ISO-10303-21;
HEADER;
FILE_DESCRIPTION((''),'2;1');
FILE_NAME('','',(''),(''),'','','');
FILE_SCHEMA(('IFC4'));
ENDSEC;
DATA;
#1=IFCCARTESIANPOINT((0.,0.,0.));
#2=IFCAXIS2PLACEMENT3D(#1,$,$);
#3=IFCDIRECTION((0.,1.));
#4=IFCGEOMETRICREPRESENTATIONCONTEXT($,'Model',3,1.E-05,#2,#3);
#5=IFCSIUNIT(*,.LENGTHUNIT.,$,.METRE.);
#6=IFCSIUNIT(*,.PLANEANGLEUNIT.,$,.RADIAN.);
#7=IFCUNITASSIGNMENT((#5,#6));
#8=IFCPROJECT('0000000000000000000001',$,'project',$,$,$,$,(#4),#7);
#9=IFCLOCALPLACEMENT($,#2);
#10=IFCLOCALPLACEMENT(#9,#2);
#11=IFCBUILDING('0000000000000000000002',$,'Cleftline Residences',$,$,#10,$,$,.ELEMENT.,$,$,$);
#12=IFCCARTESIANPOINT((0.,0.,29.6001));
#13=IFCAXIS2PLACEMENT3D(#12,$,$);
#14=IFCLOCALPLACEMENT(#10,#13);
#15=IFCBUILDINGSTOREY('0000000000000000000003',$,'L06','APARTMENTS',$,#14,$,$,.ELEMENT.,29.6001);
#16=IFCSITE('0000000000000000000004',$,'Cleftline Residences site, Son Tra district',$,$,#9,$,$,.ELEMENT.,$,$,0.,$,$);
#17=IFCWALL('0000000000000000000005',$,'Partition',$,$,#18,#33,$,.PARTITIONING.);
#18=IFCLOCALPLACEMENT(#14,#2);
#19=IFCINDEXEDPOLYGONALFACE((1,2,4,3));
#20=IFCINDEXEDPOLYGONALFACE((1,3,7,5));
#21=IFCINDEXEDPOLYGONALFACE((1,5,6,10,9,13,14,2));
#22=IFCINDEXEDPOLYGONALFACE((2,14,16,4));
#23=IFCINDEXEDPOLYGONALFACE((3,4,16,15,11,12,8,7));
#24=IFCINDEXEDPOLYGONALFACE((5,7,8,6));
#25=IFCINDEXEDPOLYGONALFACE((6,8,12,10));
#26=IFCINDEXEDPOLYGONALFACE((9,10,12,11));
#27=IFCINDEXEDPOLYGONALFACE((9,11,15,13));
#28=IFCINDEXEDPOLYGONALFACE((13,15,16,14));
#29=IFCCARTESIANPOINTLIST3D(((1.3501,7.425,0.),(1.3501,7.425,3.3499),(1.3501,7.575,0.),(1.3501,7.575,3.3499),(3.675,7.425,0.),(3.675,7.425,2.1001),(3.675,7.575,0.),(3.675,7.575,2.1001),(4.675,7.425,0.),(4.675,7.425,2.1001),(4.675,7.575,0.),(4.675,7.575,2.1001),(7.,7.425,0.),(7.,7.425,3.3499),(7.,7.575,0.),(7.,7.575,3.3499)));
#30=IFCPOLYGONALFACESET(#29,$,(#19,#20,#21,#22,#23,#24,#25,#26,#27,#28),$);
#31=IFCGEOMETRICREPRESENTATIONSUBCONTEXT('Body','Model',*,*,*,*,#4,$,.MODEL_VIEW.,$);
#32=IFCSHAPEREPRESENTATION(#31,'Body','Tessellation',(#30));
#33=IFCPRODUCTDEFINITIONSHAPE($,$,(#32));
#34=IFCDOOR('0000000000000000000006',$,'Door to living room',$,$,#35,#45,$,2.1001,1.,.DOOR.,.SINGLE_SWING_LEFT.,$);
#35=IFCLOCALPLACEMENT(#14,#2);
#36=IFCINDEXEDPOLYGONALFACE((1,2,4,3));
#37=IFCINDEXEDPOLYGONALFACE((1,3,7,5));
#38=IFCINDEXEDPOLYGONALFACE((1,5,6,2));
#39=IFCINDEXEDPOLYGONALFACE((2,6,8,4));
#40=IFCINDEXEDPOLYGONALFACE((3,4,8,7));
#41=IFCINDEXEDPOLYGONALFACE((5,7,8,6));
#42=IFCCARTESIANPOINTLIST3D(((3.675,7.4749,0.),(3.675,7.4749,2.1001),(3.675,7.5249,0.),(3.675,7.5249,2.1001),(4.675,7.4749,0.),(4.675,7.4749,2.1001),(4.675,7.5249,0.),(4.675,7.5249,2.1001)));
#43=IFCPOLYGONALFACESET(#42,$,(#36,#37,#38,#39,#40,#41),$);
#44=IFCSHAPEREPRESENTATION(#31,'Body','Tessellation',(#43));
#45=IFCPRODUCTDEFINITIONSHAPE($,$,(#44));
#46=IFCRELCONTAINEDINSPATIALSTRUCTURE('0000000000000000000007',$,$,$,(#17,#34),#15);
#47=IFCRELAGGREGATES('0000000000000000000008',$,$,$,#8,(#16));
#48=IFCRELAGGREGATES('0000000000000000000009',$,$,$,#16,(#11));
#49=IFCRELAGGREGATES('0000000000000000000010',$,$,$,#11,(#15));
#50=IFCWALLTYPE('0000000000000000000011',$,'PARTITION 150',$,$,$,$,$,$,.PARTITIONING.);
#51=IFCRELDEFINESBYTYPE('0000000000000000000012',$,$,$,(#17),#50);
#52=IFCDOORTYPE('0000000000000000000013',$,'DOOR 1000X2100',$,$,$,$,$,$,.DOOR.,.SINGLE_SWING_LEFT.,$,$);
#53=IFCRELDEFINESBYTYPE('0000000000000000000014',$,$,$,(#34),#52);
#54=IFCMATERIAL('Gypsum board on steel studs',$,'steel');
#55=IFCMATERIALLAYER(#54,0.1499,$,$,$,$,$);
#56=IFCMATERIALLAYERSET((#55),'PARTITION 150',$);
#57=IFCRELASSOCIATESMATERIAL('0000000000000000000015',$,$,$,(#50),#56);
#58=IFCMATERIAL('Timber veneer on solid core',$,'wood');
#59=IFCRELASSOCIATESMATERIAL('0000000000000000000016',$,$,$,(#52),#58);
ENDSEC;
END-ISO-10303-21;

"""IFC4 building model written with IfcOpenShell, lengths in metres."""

from ifc_helpers import new_model, si_unit, direction, frame, frame_2d, origin, place, context, subcontext, project, spatial, rectangle, extrude, material, layer, layer_set, type_object, element, fill, save


model = new_model("IFC4")

# Units and contexts
model_context = context("Model", 3, precision=1e-05, world=origin(), true_north=direction((0.0, 1.0)))
body_context = subcontext(model_context, "Body", "Model", "MODEL_VIEW")
ifc_project = project(units=[si_unit("LENGTHUNIT", "METRE"), si_unit("PLANEANGLEUNIT", "RADIAN")], contexts=[model_context])

# Site, building, storey
site_placement = place(None, origin())
site = spatial("IfcSite", under=ifc_project, at=site_placement, Name="Cleftline Residences site, Son Tra district", CompositionType="ELEMENT", RefElevation=0.0)
building_placement = place(site_placement, origin())
building = spatial("IfcBuilding", under=site, at=building_placement, Name="Cleftline Residences", CompositionType="ELEMENT")
storey_placement = place(building_placement, frame((0.0, 0.0, 29.6001)))
storey = spatial("IfcBuildingStorey", under=building, at=storey_placement, Name="L06", Description="APARTMENTS", CompositionType="ELEMENT", Elevation=29.6001)

# Wall, opening, door
ifc_material_1 = material(Name="Gypsum board on steel studs", Category="steel")
ifc_layer_1 = layer(ifc_material_1, 0.1499)
ifc_layer_set_1 = layer_set([ifc_layer_1], Name="PARTITION 150")
wall_type_1 = type_object("IfcWallType", Name="PARTITION 150", PredefinedType="PARTITIONING", material=ifc_layer_set_1)
wall_1_placement = place(storey_placement, frame((1.3501, 7.5, 0.0), z_axis=(0.0, 0.0, 1.0), x_axis=(1.0, 0.0, 0.0)))
wall_1 = element("IfcWall", 1, at=wall_1_placement, inside=storey, type_object=wall_type_1, Name="Partition", PredefinedType="PARTITIONING", context=body_context, shape_type="SweptSolid", body=[
    extrude(rectangle(XDim=5.6499, YDim=0.1499, at=frame_2d((2.825, 0.0))), origin(), (0.0, 0.0, 1.0), 3.3499),
])
opening_1_placement = place(wall_1_placement, frame((2.325, 0.0, 0.0)))
opening_1 = element("IfcOpeningElement", 2, at=opening_1_placement, cuts=wall_1, PredefinedType="OPENING", context=body_context, shape_type="SweptSolid", body=[
    extrude(rectangle(XDim=1.0, YDim=2.1001, at=frame_2d((0.5, 1.05))), frame((0.0, 0.085, 0.0), z_axis=(0.0, -1.0, 0.0), x_axis=(1.0, 0.0, 0.0)), (0.0, 0.0, 1.0), 0.1699),
])
ifc_material_2 = material(Name="Timber veneer on solid core", Category="wood")
door_type = type_object("IfcDoorType", Name="DOOR 1000X2100", OperationType="SINGLE_SWING_LEFT", PredefinedType="DOOR", material=ifc_material_2)
door_placement = place(opening_1_placement, origin())
door = element("IfcDoor", 3, at=door_placement, inside=storey, type_object=door_type, Name="Door to living room", OperationType="SINGLE_SWING_LEFT", OverallHeight=2.1001, OverallWidth=1.0, PredefinedType="DOOR", context=body_context, shape_type="SweptSolid", body=[
    extrude(rectangle(XDim=1.0, YDim=2.1001, at=frame_2d((0.5, 1.05))), frame((0.0, 0.0249, 0.0), z_axis=(0.0, -1.0, 0.0), x_axis=(1.0, 0.0, 0.0)), (0.0, 0.0, 1.0), 0.05),
])
fill(opening_1, door)

save(model, "model.ifc")
